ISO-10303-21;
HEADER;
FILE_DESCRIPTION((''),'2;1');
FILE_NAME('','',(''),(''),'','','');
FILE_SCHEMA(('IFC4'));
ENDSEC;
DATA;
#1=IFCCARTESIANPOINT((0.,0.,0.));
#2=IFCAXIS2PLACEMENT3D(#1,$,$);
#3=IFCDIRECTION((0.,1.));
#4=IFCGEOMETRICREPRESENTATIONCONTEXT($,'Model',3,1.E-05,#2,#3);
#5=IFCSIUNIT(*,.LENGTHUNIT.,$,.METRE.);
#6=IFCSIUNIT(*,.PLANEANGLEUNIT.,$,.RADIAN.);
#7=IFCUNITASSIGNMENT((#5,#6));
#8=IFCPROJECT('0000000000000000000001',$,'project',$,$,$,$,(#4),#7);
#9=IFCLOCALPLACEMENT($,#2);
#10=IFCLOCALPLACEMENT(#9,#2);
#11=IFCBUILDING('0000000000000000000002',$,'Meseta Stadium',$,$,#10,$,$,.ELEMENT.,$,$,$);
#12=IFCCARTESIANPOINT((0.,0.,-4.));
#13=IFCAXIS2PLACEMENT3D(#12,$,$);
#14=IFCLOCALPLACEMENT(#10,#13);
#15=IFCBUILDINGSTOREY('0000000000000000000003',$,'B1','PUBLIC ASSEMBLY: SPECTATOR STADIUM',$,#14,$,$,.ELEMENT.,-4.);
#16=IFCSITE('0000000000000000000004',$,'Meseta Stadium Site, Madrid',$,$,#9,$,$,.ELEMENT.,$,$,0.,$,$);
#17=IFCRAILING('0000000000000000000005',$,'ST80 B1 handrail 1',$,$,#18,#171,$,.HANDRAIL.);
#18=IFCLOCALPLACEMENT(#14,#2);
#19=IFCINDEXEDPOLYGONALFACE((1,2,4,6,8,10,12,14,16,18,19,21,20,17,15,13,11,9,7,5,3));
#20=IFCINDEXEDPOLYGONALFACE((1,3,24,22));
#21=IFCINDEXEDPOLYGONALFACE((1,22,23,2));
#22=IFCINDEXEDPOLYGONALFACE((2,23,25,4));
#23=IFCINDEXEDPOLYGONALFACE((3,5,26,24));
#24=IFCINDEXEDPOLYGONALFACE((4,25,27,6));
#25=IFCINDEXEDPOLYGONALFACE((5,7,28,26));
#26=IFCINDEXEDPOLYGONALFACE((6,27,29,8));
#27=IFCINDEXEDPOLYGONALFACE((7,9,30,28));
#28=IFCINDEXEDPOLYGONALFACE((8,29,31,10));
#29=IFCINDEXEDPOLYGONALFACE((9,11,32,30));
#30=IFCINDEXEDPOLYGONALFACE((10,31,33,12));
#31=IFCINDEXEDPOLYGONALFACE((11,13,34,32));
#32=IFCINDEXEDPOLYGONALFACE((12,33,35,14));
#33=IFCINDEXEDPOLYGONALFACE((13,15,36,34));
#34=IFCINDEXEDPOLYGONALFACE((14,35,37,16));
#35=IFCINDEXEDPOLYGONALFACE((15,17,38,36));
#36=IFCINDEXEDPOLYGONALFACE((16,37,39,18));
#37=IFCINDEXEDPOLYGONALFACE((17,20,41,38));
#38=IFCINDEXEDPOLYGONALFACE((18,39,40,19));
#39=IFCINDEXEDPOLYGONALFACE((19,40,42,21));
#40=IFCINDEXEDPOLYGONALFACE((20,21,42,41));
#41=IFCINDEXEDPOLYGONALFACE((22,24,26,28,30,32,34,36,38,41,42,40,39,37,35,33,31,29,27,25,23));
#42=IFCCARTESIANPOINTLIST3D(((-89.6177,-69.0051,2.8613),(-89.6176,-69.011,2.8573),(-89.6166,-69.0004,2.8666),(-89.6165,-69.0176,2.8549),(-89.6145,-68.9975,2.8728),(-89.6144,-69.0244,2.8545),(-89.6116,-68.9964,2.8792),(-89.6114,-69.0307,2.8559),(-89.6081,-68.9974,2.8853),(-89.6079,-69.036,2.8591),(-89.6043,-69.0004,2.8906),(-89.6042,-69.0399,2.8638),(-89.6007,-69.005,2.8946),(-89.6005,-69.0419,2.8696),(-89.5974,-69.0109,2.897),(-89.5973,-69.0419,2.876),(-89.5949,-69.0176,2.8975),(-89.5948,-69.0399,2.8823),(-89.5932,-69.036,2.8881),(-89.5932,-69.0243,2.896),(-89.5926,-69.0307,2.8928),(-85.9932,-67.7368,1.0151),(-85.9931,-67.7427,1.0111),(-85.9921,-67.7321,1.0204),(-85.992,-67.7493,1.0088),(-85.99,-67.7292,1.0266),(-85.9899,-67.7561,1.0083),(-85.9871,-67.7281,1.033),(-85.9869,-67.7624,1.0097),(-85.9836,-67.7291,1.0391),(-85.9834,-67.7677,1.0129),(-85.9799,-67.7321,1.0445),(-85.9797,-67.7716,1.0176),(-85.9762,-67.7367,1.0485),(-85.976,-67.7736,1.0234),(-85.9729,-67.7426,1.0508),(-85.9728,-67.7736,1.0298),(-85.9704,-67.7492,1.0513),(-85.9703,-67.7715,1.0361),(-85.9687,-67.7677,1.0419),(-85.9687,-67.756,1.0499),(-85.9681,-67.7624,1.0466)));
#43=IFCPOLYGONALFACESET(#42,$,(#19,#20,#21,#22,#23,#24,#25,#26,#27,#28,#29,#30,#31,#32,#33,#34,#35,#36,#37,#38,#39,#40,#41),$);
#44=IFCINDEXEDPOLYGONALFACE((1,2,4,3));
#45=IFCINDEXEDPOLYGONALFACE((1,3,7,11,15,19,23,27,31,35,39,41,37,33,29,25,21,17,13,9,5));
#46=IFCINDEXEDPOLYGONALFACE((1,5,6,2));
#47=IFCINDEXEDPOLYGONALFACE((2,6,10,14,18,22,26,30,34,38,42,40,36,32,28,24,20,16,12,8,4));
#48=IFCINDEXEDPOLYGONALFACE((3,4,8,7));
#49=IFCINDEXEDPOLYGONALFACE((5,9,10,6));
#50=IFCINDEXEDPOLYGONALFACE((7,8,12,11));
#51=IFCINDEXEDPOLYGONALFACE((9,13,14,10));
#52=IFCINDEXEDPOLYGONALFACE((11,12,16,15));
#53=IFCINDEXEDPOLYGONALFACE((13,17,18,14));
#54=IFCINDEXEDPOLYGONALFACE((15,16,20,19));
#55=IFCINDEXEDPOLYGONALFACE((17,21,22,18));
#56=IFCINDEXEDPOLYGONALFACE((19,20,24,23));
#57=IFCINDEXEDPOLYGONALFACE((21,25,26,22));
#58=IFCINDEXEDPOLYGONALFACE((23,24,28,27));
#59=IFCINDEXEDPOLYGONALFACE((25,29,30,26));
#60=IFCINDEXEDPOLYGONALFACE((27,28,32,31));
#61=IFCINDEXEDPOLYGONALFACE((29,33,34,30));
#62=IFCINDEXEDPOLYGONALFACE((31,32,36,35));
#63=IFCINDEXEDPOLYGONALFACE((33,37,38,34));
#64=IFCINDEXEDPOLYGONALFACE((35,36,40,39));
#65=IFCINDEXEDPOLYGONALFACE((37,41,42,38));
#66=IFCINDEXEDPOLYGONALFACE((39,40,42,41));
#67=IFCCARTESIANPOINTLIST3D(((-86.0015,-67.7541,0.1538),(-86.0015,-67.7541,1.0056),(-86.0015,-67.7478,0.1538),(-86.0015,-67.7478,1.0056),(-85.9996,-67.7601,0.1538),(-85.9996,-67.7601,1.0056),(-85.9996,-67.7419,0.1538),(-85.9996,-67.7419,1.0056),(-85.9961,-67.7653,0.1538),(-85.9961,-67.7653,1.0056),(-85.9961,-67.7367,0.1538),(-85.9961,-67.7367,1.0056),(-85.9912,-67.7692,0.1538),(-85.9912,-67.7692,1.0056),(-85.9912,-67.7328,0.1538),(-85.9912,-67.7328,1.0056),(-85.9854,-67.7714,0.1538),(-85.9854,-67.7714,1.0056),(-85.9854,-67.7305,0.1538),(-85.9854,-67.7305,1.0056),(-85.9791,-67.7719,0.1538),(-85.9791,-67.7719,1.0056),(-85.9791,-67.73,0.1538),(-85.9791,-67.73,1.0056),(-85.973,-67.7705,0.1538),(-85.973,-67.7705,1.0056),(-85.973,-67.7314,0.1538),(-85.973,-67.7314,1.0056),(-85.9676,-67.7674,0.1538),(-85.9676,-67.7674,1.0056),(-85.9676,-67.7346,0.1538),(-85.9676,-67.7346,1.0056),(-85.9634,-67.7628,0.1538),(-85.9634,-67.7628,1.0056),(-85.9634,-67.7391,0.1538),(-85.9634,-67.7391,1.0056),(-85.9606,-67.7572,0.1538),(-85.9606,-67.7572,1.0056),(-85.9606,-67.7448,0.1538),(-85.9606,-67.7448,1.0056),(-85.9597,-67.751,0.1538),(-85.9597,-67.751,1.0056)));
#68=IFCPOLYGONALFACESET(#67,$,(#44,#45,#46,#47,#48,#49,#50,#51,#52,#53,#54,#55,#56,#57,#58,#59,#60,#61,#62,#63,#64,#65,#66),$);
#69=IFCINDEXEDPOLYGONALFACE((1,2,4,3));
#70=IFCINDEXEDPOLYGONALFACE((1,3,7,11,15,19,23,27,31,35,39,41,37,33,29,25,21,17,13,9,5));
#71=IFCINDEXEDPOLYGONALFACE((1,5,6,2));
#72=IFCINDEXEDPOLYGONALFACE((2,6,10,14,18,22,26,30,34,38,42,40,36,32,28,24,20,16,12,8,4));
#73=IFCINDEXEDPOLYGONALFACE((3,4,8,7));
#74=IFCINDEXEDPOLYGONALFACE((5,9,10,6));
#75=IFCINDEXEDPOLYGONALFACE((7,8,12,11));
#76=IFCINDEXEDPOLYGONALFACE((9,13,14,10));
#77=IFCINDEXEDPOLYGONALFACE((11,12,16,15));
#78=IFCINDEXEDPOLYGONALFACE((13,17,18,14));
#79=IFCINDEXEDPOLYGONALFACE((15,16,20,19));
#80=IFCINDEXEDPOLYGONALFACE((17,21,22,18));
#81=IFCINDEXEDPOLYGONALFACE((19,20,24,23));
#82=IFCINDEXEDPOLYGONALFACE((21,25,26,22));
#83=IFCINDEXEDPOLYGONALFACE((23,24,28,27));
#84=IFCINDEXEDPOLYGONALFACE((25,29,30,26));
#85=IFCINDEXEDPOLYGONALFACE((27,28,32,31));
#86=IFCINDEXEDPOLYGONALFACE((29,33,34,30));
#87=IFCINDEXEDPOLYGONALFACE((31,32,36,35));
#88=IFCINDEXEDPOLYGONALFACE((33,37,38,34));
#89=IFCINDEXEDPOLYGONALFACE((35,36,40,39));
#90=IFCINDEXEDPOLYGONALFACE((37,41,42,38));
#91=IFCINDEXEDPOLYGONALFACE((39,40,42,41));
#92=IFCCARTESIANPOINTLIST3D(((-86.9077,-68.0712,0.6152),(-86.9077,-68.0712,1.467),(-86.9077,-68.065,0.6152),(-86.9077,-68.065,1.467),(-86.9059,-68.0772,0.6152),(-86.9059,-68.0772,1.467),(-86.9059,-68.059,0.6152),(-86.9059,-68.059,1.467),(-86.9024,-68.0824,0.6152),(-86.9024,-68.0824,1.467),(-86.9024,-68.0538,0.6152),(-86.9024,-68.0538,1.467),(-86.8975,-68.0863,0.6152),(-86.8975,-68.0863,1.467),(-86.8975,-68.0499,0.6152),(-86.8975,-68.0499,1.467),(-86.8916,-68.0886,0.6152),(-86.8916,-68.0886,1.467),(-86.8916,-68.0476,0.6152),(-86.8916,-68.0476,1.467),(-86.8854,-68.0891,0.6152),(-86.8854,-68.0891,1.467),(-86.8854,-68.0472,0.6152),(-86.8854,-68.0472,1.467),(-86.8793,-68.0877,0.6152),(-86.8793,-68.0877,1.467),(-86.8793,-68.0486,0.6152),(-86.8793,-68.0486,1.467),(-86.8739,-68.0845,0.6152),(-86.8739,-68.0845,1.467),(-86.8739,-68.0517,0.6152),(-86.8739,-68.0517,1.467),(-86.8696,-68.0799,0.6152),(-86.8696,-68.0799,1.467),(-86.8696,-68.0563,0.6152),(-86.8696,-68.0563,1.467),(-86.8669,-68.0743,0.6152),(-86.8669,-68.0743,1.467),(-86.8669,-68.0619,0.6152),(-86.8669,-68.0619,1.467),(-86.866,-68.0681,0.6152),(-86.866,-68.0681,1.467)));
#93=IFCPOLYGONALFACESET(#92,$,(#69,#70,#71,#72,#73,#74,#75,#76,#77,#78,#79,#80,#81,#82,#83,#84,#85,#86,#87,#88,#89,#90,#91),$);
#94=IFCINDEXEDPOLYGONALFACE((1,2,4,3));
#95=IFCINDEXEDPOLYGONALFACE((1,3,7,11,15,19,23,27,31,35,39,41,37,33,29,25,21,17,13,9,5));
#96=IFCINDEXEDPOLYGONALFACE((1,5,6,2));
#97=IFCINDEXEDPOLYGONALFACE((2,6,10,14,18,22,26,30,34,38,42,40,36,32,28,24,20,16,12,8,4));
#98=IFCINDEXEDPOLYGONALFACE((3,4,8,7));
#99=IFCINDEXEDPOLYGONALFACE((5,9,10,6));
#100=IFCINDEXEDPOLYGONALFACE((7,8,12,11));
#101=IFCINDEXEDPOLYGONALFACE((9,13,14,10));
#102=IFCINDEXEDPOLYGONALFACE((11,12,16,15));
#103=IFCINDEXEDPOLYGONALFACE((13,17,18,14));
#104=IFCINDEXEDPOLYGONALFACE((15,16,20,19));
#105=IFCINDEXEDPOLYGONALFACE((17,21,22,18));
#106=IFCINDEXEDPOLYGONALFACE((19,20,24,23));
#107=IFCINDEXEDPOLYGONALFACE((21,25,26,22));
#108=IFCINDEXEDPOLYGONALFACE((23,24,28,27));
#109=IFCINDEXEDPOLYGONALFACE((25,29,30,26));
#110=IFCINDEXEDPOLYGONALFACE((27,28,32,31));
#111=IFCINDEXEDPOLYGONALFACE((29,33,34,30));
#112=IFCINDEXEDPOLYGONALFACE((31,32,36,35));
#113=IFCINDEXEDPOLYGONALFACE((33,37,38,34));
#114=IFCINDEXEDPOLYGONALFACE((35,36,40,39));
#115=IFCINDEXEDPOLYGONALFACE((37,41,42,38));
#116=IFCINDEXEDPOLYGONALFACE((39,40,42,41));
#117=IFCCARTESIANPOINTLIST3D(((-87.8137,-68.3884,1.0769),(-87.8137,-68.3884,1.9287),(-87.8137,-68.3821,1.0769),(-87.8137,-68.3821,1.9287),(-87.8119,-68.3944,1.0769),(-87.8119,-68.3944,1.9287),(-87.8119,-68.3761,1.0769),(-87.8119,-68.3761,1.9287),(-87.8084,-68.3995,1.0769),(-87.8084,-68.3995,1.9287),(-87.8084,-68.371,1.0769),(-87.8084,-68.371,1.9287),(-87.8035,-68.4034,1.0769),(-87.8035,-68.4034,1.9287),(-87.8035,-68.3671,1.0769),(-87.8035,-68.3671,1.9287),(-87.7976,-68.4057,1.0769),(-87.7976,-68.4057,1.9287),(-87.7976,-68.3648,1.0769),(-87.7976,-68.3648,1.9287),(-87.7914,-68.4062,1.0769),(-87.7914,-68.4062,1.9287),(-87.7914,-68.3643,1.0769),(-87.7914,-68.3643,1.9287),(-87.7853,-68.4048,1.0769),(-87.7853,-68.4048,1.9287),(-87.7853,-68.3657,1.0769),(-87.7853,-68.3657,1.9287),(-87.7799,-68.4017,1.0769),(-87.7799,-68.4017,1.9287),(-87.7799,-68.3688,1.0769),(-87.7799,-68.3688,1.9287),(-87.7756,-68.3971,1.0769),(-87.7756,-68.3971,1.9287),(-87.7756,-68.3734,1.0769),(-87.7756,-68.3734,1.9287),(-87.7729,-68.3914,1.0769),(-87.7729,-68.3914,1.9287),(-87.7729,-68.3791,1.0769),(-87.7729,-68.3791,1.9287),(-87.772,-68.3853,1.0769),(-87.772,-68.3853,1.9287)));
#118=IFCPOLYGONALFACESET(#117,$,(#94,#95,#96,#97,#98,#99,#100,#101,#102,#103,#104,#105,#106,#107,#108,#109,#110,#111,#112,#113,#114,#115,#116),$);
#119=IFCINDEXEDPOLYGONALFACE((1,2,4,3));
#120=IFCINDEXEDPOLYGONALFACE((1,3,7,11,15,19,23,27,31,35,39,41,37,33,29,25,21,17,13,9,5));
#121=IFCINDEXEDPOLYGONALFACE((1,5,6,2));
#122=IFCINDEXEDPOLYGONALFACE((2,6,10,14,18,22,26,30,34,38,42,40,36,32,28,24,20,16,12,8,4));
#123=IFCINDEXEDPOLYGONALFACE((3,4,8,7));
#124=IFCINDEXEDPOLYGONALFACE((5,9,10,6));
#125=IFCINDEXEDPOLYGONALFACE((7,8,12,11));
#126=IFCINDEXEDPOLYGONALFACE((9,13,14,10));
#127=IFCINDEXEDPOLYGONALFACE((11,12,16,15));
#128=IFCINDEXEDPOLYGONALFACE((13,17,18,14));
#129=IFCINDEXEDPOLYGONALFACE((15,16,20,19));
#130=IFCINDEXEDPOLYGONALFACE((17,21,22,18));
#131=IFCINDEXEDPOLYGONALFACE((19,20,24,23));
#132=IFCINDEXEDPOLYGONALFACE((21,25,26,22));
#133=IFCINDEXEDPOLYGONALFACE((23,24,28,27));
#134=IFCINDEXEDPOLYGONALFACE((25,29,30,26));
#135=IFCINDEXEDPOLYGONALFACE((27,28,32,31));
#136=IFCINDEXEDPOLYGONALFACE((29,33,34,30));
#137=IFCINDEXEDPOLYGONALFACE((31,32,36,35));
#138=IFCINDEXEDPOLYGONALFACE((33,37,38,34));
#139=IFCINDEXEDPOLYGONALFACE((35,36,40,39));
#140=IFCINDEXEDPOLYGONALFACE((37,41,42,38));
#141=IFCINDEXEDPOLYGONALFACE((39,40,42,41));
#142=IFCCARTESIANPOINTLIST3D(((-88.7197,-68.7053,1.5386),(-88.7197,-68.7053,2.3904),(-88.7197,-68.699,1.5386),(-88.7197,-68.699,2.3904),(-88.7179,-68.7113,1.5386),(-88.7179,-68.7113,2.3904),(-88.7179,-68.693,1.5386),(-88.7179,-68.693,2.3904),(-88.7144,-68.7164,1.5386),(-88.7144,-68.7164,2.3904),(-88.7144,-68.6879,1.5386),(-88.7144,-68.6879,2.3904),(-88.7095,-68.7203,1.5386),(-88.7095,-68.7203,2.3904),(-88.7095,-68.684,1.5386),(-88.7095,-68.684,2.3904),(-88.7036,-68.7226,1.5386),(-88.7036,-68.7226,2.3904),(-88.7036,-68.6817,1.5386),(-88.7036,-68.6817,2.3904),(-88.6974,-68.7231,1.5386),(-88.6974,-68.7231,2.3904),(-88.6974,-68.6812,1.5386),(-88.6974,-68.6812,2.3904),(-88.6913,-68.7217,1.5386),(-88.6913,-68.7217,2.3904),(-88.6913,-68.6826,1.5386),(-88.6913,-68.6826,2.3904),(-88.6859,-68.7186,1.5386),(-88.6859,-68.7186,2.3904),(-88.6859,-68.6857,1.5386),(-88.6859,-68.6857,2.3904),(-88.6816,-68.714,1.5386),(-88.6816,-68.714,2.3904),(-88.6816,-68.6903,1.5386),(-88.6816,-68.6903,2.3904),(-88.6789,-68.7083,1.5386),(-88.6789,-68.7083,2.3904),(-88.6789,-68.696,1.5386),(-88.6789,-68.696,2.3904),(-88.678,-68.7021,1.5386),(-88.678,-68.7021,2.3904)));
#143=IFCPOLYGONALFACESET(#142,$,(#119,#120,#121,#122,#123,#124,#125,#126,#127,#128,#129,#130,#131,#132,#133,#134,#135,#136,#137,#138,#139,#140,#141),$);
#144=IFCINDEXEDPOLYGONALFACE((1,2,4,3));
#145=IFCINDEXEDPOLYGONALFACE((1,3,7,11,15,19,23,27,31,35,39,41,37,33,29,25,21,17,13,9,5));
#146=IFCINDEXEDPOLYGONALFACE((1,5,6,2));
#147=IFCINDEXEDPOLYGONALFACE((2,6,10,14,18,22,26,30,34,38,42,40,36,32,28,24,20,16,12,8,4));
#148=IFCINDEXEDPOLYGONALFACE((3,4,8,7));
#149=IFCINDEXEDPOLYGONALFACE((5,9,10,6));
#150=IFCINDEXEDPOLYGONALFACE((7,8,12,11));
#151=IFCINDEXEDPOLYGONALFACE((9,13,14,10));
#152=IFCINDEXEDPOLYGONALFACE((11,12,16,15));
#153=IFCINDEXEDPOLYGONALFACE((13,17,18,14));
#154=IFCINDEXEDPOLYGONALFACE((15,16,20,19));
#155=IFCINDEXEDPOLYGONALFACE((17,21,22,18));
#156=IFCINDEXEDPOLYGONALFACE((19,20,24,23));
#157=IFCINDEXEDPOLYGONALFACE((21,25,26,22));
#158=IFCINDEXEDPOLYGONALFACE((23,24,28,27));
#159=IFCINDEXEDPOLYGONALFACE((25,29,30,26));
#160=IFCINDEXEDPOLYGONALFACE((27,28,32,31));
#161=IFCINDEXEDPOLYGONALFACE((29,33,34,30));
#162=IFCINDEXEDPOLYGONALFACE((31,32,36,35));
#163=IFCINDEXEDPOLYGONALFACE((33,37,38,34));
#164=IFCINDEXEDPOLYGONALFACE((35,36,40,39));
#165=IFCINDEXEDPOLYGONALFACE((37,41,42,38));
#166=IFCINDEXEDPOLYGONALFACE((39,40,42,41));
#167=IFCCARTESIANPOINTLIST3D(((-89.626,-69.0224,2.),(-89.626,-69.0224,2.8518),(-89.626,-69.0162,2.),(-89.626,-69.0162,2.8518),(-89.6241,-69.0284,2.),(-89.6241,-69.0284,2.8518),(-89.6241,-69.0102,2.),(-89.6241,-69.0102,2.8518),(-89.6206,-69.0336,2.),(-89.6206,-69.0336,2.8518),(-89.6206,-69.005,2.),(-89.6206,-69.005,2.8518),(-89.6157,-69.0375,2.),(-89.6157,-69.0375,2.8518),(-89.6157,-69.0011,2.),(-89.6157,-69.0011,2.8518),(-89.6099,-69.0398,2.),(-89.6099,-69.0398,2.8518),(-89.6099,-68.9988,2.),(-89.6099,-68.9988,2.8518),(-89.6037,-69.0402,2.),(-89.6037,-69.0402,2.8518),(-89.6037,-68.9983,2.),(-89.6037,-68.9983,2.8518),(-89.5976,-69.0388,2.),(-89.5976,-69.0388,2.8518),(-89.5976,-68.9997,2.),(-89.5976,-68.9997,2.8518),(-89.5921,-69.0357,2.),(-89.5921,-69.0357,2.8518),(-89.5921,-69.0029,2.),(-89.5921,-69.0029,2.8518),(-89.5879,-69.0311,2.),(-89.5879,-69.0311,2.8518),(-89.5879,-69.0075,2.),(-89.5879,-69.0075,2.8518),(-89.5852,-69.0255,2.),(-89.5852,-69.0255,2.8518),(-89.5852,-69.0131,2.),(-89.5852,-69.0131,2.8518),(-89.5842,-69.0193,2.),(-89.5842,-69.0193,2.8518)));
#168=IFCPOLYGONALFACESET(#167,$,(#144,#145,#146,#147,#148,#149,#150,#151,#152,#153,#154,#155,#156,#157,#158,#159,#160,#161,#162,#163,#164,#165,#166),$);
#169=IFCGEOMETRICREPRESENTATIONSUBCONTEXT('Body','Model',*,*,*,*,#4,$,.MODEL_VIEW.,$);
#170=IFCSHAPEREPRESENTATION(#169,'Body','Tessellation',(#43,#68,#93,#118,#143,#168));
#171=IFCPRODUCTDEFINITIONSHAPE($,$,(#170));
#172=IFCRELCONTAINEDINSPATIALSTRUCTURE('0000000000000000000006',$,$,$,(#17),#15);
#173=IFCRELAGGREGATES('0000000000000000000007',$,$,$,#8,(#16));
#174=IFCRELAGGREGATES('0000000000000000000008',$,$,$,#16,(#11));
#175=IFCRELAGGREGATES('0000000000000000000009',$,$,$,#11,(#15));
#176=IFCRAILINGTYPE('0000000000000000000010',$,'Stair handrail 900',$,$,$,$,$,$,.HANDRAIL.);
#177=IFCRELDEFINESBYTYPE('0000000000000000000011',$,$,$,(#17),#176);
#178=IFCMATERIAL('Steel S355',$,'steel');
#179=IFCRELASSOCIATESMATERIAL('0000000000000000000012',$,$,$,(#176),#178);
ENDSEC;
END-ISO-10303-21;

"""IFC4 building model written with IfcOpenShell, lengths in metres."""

from ifc_helpers import new_model, si_unit, direction, frame, origin, origin_2d, place, context, subcontext, project, spatial, circle, extrude, material, type_object, element, save


model = new_model("IFC4")

# Units and contexts
model_context = context("Model", 3, precision=1e-05, world=origin(), true_north=direction((0.0, 1.0)))
body_context = subcontext(model_context, "Body", "Model", "MODEL_VIEW")
ifc_project = project(units=[si_unit("LENGTHUNIT", "METRE"), si_unit("PLANEANGLEUNIT", "RADIAN")], contexts=[model_context])

# Site, building, storey
site_placement = place(None, origin())
site = spatial("IfcSite", under=ifc_project, at=site_placement, Name="Meseta Stadium Site, Madrid", CompositionType="ELEMENT", RefElevation=0.0)
building_placement = place(site_placement, origin())
building = spatial("IfcBuilding", under=site, at=building_placement, Name="Meseta Stadium", CompositionType="ELEMENT")
storey_placement = place(building_placement, frame((0.0, 0.0, -4.0)))
storey = spatial("IfcBuildingStorey", under=building, at=storey_placement, Name="B1", Description="PUBLIC ASSEMBLY: SPECTATOR STADIUM", CompositionType="ELEMENT", Elevation=-4.0)

# Railing
ifc_material_1 = material(Name="Steel S355", Category="steel")
railing_type_1 = type_object("IfcRailingType", Name="Stair handrail 900", PredefinedType="HANDRAIL", material=ifc_material_1)
railing_1_placement = place(storey_placement, frame((-85.9807, -67.751, 0.1538)))
element("IfcRailing", 1, at=railing_1_placement, inside=storey, type_object=railing_type_1, Name="ST80 B1 handrail 1", PredefinedType="HANDRAIL", context=body_context, shape_type="SweptSolid", body=[
    extrude(circle(Radius=0.0239, at=origin_2d()), frame((0.0, 0.0, 0.876), z_axis=(-0.850672, -0.297672, 0.4333), x_axis=(0.330288, -0.94388, 0.0)), (0.0, 0.0, 1.0), 4.2607),
    extrude(circle(Radius=0.021, at=origin_2d()), origin(), (0.0, 0.0, 1.0), 0.8518),
    extrude(circle(Radius=0.021, at=origin_2d()), frame((-0.9062, -0.3171, 0.4614)), (0.0, 0.0, 1.0), 0.8518),
    extrude(circle(Radius=0.021, at=origin_2d()), frame((-1.8123, -0.6343, 0.9231)), (0.0, 0.0, 1.0), 0.8518),
    extrude(circle(Radius=0.021, at=origin_2d()), frame((-2.7183, -0.9512, 1.3848)), (0.0, 0.0, 1.0), 0.8518),
    extrude(circle(Radius=0.021, at=origin_2d()), frame((-3.6245, -1.2683, 1.8462)), (0.0, 0.0, 1.0), 0.8518),
])

save(model, "model.ifc")
